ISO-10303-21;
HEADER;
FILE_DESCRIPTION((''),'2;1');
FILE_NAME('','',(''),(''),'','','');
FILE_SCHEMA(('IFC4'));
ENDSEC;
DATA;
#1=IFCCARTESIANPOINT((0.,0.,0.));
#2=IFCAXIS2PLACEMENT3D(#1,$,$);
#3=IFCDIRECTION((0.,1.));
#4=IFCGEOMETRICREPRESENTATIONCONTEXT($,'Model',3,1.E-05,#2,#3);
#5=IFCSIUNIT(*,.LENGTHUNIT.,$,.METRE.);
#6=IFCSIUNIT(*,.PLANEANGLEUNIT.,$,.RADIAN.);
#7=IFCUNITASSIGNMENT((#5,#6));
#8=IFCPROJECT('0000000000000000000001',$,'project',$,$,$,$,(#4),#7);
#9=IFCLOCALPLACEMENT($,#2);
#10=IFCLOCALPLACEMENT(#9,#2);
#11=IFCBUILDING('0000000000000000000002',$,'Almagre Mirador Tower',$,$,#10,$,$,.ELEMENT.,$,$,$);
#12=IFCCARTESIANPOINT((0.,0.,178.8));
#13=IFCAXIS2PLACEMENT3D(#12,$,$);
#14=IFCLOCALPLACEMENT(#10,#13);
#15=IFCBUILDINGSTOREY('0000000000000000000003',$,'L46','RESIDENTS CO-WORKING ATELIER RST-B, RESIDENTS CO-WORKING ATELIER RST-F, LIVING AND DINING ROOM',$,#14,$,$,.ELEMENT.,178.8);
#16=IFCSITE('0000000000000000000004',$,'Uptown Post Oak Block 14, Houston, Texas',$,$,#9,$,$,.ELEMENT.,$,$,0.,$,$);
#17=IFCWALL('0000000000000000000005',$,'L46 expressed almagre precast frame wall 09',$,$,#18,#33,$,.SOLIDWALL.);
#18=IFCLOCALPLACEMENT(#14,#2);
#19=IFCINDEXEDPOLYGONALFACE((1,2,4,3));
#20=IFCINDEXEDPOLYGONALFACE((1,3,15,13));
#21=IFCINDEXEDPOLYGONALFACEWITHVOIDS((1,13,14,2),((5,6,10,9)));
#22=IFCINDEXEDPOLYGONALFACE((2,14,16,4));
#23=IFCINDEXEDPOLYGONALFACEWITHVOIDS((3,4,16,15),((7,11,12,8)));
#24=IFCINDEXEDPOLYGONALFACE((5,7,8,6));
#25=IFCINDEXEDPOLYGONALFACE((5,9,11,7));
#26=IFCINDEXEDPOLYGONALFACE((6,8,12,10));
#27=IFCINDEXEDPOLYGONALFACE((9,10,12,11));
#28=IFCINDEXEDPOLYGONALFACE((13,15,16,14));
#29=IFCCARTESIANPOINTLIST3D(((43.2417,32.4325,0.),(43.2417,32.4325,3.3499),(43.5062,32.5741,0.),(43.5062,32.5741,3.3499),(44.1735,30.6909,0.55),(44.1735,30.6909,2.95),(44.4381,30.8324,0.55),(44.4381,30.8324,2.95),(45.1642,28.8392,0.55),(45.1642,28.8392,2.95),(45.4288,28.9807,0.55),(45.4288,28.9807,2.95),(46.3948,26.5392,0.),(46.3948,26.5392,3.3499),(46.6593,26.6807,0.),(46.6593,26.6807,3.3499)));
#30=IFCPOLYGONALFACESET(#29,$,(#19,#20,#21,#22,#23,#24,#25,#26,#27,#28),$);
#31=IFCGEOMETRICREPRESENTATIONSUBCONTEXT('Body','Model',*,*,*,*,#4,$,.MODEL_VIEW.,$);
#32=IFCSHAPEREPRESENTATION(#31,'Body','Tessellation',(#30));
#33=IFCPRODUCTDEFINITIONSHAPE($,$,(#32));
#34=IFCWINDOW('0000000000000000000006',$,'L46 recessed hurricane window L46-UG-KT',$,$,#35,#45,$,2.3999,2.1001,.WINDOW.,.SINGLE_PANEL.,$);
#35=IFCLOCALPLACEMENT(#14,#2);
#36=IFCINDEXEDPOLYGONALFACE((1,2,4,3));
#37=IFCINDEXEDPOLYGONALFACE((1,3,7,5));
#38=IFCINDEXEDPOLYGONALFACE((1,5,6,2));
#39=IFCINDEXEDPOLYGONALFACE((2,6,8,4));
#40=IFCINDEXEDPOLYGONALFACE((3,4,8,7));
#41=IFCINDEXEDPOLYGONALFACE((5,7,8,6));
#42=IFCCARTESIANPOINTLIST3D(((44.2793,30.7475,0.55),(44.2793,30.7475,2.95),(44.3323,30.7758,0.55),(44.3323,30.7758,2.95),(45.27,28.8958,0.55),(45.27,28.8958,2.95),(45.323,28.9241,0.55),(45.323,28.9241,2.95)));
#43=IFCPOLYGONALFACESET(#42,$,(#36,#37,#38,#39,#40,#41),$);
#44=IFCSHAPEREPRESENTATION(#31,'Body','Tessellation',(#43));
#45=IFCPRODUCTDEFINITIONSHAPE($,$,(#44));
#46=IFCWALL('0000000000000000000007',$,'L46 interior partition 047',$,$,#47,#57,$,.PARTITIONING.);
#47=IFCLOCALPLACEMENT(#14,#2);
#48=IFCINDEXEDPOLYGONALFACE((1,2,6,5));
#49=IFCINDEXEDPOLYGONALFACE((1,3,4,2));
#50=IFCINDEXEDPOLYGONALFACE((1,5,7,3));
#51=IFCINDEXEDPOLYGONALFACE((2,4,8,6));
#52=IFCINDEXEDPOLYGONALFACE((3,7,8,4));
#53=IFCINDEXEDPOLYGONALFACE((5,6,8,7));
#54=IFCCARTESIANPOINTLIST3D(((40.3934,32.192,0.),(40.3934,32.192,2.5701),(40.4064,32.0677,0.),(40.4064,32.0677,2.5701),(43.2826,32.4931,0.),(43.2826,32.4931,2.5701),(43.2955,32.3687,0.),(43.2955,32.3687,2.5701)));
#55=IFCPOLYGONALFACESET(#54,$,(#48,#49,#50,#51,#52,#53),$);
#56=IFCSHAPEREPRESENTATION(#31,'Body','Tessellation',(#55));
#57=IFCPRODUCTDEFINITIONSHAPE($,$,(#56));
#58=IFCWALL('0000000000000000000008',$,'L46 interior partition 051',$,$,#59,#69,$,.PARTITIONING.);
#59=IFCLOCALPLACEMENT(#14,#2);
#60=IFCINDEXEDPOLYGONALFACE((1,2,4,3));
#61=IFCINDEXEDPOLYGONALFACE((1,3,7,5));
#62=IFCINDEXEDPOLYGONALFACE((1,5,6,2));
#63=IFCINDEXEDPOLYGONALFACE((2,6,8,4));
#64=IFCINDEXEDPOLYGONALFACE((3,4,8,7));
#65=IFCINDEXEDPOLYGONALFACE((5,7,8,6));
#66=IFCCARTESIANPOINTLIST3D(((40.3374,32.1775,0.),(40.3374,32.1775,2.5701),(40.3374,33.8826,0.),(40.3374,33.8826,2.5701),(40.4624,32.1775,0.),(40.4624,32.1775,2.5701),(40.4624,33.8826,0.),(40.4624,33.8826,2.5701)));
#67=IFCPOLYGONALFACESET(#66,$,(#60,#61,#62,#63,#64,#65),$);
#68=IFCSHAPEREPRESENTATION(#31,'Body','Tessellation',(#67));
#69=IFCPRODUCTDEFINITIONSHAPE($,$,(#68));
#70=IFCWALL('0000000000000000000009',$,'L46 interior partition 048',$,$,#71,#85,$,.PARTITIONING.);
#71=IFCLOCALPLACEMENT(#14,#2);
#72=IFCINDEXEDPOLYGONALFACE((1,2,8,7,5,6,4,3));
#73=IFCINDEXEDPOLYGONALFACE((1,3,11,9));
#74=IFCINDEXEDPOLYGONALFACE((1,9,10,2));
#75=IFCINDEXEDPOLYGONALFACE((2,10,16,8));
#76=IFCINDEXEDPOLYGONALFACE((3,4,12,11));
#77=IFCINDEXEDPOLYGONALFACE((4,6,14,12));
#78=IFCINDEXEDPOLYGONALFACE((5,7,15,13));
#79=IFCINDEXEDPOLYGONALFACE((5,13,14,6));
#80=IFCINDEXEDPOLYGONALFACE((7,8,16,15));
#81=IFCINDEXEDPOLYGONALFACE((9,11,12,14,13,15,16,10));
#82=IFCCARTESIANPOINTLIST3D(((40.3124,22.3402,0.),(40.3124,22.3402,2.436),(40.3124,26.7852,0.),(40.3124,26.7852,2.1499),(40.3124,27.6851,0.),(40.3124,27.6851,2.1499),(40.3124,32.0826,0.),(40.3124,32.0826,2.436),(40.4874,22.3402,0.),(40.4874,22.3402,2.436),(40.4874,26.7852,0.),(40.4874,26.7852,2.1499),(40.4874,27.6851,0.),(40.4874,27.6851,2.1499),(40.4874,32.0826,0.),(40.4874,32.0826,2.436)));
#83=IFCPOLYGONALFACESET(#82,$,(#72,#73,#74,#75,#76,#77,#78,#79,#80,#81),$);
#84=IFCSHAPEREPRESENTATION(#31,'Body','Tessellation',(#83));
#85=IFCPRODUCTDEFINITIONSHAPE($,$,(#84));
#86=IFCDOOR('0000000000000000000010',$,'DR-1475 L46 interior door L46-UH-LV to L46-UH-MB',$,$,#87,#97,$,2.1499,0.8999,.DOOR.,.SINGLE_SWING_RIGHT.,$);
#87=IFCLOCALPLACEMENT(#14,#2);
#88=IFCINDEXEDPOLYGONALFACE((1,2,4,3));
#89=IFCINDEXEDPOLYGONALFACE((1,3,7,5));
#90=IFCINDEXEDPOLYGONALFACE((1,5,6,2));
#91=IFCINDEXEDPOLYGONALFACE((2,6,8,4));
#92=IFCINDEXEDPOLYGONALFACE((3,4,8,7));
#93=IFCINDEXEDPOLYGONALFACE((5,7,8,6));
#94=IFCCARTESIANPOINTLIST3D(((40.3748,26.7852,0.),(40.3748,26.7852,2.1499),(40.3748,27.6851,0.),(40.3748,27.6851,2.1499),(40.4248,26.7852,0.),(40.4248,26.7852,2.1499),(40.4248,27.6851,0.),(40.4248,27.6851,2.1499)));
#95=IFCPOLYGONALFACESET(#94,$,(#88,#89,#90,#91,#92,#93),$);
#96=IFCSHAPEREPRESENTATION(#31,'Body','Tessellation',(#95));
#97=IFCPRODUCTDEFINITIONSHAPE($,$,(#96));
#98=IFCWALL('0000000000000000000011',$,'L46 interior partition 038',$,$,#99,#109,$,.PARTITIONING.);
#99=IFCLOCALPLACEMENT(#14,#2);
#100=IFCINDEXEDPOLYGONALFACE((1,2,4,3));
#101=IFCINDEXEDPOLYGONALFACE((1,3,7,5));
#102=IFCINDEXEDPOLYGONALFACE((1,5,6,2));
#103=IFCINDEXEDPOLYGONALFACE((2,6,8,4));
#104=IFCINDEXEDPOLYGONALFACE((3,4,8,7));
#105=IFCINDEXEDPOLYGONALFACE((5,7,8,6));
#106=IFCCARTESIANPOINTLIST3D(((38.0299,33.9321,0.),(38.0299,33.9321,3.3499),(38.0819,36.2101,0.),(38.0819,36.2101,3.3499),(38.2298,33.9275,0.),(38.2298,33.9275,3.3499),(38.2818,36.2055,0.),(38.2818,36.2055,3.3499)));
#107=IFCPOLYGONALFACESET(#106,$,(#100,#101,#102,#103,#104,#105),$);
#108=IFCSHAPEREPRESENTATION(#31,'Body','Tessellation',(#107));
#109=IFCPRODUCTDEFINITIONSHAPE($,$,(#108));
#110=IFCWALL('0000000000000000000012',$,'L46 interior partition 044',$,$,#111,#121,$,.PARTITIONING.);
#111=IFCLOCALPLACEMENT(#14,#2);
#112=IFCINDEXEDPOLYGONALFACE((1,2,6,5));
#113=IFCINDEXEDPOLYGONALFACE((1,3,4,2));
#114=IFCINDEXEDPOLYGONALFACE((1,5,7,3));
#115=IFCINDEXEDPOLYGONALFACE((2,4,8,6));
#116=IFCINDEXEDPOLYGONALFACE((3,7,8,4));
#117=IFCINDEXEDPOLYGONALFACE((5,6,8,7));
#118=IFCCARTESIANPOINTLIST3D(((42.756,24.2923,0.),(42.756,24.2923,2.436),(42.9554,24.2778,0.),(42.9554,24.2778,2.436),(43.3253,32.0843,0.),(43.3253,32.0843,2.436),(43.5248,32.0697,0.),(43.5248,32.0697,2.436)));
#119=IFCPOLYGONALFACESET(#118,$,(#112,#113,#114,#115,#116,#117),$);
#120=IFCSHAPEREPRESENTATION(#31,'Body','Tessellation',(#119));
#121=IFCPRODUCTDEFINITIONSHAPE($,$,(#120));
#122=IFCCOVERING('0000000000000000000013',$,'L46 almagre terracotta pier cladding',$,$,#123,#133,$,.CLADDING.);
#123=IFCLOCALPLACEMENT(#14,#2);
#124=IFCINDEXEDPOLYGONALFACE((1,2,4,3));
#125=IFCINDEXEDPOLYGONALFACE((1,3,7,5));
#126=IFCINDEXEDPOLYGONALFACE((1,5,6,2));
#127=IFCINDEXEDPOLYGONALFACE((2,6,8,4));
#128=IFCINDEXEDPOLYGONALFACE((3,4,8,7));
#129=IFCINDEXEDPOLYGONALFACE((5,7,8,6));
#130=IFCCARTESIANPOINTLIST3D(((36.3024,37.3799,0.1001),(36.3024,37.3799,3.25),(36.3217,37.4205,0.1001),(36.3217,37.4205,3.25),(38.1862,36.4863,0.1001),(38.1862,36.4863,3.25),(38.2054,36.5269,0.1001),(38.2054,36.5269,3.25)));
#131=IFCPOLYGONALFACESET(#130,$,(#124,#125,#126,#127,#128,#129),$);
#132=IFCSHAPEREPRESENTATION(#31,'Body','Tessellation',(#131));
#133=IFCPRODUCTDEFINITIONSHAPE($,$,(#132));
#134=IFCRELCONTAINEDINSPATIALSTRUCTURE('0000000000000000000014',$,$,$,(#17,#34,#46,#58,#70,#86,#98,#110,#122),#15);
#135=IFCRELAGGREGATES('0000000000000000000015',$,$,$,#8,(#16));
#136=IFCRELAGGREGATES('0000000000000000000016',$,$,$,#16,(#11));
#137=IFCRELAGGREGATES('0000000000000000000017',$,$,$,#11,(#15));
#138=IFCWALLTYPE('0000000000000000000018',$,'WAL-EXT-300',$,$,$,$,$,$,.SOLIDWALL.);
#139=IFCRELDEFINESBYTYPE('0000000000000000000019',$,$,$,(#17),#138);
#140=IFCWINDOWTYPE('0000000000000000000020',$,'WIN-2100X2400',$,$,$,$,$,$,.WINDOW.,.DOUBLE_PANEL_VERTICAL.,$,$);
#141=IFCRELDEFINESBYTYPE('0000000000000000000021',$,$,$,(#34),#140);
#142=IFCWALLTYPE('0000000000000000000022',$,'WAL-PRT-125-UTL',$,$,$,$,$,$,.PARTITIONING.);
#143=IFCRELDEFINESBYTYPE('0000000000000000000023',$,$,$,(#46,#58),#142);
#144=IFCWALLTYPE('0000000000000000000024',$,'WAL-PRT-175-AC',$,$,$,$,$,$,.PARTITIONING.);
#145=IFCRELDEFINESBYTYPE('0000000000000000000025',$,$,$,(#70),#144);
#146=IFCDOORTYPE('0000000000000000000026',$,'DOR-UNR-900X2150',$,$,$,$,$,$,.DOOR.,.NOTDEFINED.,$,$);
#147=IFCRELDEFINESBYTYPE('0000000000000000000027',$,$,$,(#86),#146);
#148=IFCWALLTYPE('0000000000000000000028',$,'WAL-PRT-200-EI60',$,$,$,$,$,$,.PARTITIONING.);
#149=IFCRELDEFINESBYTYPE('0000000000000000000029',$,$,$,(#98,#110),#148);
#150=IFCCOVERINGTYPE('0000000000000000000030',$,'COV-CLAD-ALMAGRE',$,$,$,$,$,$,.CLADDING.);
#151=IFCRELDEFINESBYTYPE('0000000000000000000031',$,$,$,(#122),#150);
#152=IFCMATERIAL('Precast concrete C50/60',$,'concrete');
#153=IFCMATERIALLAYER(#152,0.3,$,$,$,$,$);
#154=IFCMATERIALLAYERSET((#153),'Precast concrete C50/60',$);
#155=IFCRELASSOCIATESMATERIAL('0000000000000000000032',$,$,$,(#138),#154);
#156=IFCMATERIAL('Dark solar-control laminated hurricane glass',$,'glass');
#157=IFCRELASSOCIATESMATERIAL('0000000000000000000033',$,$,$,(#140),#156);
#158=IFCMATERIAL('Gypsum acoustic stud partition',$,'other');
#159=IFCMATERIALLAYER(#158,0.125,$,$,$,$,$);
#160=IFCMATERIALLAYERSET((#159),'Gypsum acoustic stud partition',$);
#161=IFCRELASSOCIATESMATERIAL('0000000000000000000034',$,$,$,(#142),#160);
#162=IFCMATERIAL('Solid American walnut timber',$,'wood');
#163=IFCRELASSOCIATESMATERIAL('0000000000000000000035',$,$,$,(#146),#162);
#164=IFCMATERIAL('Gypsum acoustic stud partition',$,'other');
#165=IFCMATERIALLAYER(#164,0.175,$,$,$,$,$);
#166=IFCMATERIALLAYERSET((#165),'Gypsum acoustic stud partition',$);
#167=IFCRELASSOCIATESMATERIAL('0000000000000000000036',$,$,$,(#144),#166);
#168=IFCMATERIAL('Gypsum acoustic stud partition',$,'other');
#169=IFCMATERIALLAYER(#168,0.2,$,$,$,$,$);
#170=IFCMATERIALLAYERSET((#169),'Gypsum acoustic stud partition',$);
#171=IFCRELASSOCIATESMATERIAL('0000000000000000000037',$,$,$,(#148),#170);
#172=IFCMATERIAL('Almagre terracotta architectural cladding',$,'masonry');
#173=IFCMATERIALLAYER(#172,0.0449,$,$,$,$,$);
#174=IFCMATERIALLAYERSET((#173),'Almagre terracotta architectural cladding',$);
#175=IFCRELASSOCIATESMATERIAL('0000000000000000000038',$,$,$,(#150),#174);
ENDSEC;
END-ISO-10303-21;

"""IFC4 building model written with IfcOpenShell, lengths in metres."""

from ifc_helpers import new_model, si_unit, direction, frame, frame_2d, origin, origin_2d, place, context, subcontext, project, spatial, rectangle, extrude, material, layer, layer_set, type_object, element, fill, save


model = new_model("IFC4")

# Units and contexts
model_context = context("Model", 3, precision=1e-05, world=origin(), true_north=direction((0.0, 1.0)))
body_context = subcontext(model_context, "Body", "Model", "MODEL_VIEW")
ifc_project = project(units=[si_unit("LENGTHUNIT", "METRE"), si_unit("PLANEANGLEUNIT", "RADIAN")], contexts=[model_context])

# Site, building, storey
site_placement = place(None, origin())
site = spatial("IfcSite", under=ifc_project, at=site_placement, Name="Uptown Post Oak Block 14, Houston, Texas", CompositionType="ELEMENT", RefElevation=0.0)
building_placement = place(site_placement, origin())
building = spatial("IfcBuilding", under=site, at=building_placement, Name="Almagre Mirador Tower", CompositionType="ELEMENT")
storey_placement = place(building_placement, frame((0.0, 0.0, 178.8)))
storey = spatial("IfcBuildingStorey", under=building, at=storey_placement, Name="L46", Description="RESIDENTS CO-WORKING ATELIER RST-B, RESIDENTS CO-WORKING ATELIER RST-F, LIVING AND DINING ROOM", CompositionType="ELEMENT", Elevation=178.8)

# Shared definitions
ifc_material_1 = material(Name="Precast concrete C50/60", Category="concrete")
ifc_layer_1 = layer(ifc_material_1, 0.3)
ifc_layer_set_1 = layer_set([ifc_layer_1], Name="Precast concrete C50/60")
wall_type_1 = type_object("IfcWallType", Name="WAL-EXT-300", PredefinedType="SOLIDWALL", material=ifc_layer_set_1)

# Wall, opening, window
wall_1_placement = place(storey_placement, frame((43.374, 32.5032, 0.0), z_axis=(0.0, 0.0, 1.0), x_axis=(0.47175, -0.881732, 0.0)))
wall_1 = element("IfcWall", 1, at=wall_1_placement, inside=storey, type_object=wall_type_1, Name="L46 expressed almagre precast frame wall 09", PredefinedType="SOLIDWALL", context=body_context, shape_type="SweptSolid", body=[
    extrude(rectangle(XDim=6.6838, YDim=0.3, at=frame_2d((3.3418, 0.0))), origin(), (0.0, 0.0, 1.0), 3.3499),
])
opening_1_placement = place(wall_1_placement, frame((1.9751, 0.0, 0.55)))
opening_1 = element("IfcOpeningElement", 2, at=opening_1_placement, cuts=wall_1, PredefinedType="OPENING", context=body_context, shape_type="SweptSolid", body=[
    extrude(rectangle(XDim=2.1001, YDim=2.3999, at=frame_2d((1.05, 1.2))), frame((0.0, 0.1599, 0.0), z_axis=(0.0, -1.0, 0.0), x_axis=(1.0, 0.0, 0.0)), (0.0, 0.0, 1.0), 0.32),
])
ifc_material_2 = material(Name="Dark solar-control laminated hurricane glass", Category="glass")
window_type_1 = type_object("IfcWindowType", Name="WIN-2100X2400", PartitioningType="DOUBLE_PANEL_VERTICAL", PredefinedType="WINDOW", material=ifc_material_2)
window_1_placement = place(opening_1_placement, origin())
window_1 = element("IfcWindow", 3, at=window_1_placement, inside=storey, type_object=window_type_1, Name="L46 recessed hurricane window L46-UG-KT", OverallHeight=2.3999, OverallWidth=2.1001, PartitioningType="SINGLE_PANEL", PredefinedType="WINDOW", context=body_context, shape_type="SweptSolid", body=[
    extrude(rectangle(XDim=2.1001, YDim=2.3999, at=frame_2d((1.05, 1.2))), frame((0.0, 0.03, 0.0), z_axis=(0.0, -1.0, 0.0), x_axis=(1.0, 0.0, 0.0)), (0.0, 0.0, 1.0), 0.0601),
])
fill(opening_1, window_1)

# Wall
ifc_material_3 = material(Name="Gypsum acoustic stud partition", Category="other")
ifc_layer_2 = layer(ifc_material_3, 0.125)
ifc_layer_set_2 = layer_set([ifc_layer_2], Name="Gypsum acoustic stud partition")
wall_type_2 = type_object("IfcWallType", Name="WAL-PRT-125-UTL", PredefinedType="PARTITIONING", material=ifc_layer_set_2)
wall_2_placement = place(storey_placement, frame((43.2891, 32.4309, 0.0), z_axis=(0.0, 0.0, 1.0), x_axis=(-0.994616, -0.10363, 0.0)))
element("IfcWall", 4, at=wall_2_placement, inside=storey, type_object=wall_type_2, Name="L46 interior partition 047", PredefinedType="PARTITIONING", context=body_context, shape_type="SweptSolid", body=[
    extrude(rectangle(XDim=2.9048, YDim=0.125, at=frame_2d((1.4524, 0.0))), origin(), (0.0, 0.0, 1.0), 2.5701),
])

# Shared definitions
ifc_material_4 = material(Name="Solid American walnut timber", Category="wood")
door_type = type_object("IfcDoorType", Name="DOR-UNR-900X2150", OperationType="NOTDEFINED", PredefinedType="DOOR", material=ifc_material_4)

# Wall
wall_3_placement = place(storey_placement, frame((40.3999, 33.8826, 0.0), z_axis=(0.0, 0.0, 1.0), x_axis=(0.0, -1.0, 0.0)))
element("IfcWall", 5, at=wall_3_placement, inside=storey, type_object=wall_type_2, Name="L46 interior partition 051", PredefinedType="PARTITIONING", context=body_context, shape_type="SweptSolid", body=[
    extrude(rectangle(XDim=1.7051, YDim=0.125, at=frame_2d((0.8525, 0.0))), origin(), (0.0, 0.0, 1.0), 2.5701),
])

# Wall, opening, door
ifc_material_5 = material(Name="Gypsum acoustic stud partition", Category="other")
ifc_layer_3 = layer(ifc_material_5, 0.175)
ifc_layer_set_3 = layer_set([ifc_layer_3], Name="Gypsum acoustic stud partition")
wall_type_3 = type_object("IfcWallType", Name="WAL-PRT-175-AC", PredefinedType="PARTITIONING", material=ifc_layer_set_3)
wall_4_placement = place(storey_placement, frame((40.3999, 32.0825, 0.0), z_axis=(0.0, 0.0, 1.0), x_axis=(0.0, -1.0, 0.0)))
wall_4 = element("IfcWall", 6, at=wall_4_placement, inside=storey, type_object=wall_type_3, Name="L46 interior partition 048", PredefinedType="PARTITIONING", context=body_context, shape_type="SweptSolid", body=[
    extrude(rectangle(XDim=9.7424, YDim=0.175, at=frame_2d((4.8711, 0.0))), origin(), (0.0, 0.0, 1.0), 2.436),
])
opening_2_placement = place(wall_4_placement, frame((4.3975, 0.0, 0.0)))
opening_2 = element("IfcOpeningElement", 7, at=opening_2_placement, cuts=wall_4, PredefinedType="OPENING", context=body_context, shape_type="SweptSolid", body=[
    extrude(rectangle(XDim=0.8999, YDim=2.1499, at=frame_2d((0.45, 1.075))), frame((0.0, 0.0974, 0.0), z_axis=(0.0, -1.0, 0.0), x_axis=(1.0, 0.0, 0.0)), (0.0, 0.0, 1.0), 0.195),
])
door_1_placement = place(opening_2_placement, origin())
door_1 = element("IfcDoor", 8, at=door_1_placement, inside=storey, type_object=door_type, Name="DR-1475 L46 interior door L46-UH-LV to L46-UH-MB", OperationType="SINGLE_SWING_RIGHT", OverallHeight=2.1499, OverallWidth=0.8999, PredefinedType="DOOR", context=body_context, shape_type="SweptSolid", body=[
    extrude(rectangle(XDim=0.8999, YDim=2.1499, at=frame_2d((0.45, 1.075))), frame((0.0, 0.0249, 0.0), z_axis=(0.0, -1.0, 0.0), x_axis=(1.0, 0.0, 0.0)), (0.0, 0.0, 1.0), 0.05),
])
fill(opening_2, door_1)

# Walls
ifc_material_6 = material(Name="Gypsum acoustic stud partition", Category="other")
ifc_layer_4 = layer(ifc_material_6, 0.2)
ifc_layer_set_4 = layer_set([ifc_layer_4], Name="Gypsum acoustic stud partition")
wall_type_4 = type_object("IfcWallType", Name="WAL-PRT-200-EI60", PredefinedType="PARTITIONING", material=ifc_layer_set_4)
wall_5_placement = place(storey_placement, frame((38.1299, 33.9299, 0.0), z_axis=(0.0, 0.0, 1.0), x_axis=(0.022821, 0.99974, 0.0)))
element("IfcWall", 9, at=wall_5_placement, inside=storey, type_object=wall_type_4, Name="L46 interior partition 038", PredefinedType="PARTITIONING", context=body_context, shape_type="SweptSolid", body=[
    extrude(rectangle(XDim=2.2786, YDim=0.2, at=frame_2d((1.1392, 0.0))), origin(), (0.0, 0.0, 1.0), 3.3499),
])
wall_6_placement = place(storey_placement, frame((43.425, 32.0769, 0.0), z_axis=(0.0, 0.0, 1.0), x_axis=(-0.072873, -0.997341, 0.0)))
element("IfcWall", 10, at=wall_6_placement, inside=storey, type_object=wall_type_4, Name="L46 interior partition 044", PredefinedType="PARTITIONING", context=body_context, shape_type="SweptSolid", body=[
    extrude(rectangle(XDim=7.8127, YDim=0.2, at=frame_2d((3.9062, 0.0))), origin(), (0.0, 0.0, 1.0), 2.436),
])

# Covering
ifc_material_7 = material(Name="Almagre terracotta architectural cladding", Category="masonry")
ifc_layer_5 = layer(ifc_material_7, 0.0449)
ifc_layer_set_5 = layer_set([ifc_layer_5], Name="Almagre terracotta architectural cladding")
covering_type = type_object("IfcCoveringType", Name="COV-CLAD-ALMAGRE", PredefinedType="CLADDING", material=ifc_layer_set_5)
covering_placement = place(storey_placement, frame((37.2539, 36.9534, 0.1001), z_axis=(0.0, 0.0, 1.0), x_axis=(0.903492, -0.428604, 0.0)))
element("IfcCovering", 11, at=covering_placement, inside=storey, type_object=covering_type, Name="L46 almagre terracotta pier cladding", PredefinedType="CLADDING", context=body_context, shape_type="SweptSolid", body=[
    extrude(rectangle(XDim=2.085, YDim=0.0449, at=origin_2d()), origin(), (0.0, 0.0, 1.0), 3.1499),
])

save(model, "model.ifc")
